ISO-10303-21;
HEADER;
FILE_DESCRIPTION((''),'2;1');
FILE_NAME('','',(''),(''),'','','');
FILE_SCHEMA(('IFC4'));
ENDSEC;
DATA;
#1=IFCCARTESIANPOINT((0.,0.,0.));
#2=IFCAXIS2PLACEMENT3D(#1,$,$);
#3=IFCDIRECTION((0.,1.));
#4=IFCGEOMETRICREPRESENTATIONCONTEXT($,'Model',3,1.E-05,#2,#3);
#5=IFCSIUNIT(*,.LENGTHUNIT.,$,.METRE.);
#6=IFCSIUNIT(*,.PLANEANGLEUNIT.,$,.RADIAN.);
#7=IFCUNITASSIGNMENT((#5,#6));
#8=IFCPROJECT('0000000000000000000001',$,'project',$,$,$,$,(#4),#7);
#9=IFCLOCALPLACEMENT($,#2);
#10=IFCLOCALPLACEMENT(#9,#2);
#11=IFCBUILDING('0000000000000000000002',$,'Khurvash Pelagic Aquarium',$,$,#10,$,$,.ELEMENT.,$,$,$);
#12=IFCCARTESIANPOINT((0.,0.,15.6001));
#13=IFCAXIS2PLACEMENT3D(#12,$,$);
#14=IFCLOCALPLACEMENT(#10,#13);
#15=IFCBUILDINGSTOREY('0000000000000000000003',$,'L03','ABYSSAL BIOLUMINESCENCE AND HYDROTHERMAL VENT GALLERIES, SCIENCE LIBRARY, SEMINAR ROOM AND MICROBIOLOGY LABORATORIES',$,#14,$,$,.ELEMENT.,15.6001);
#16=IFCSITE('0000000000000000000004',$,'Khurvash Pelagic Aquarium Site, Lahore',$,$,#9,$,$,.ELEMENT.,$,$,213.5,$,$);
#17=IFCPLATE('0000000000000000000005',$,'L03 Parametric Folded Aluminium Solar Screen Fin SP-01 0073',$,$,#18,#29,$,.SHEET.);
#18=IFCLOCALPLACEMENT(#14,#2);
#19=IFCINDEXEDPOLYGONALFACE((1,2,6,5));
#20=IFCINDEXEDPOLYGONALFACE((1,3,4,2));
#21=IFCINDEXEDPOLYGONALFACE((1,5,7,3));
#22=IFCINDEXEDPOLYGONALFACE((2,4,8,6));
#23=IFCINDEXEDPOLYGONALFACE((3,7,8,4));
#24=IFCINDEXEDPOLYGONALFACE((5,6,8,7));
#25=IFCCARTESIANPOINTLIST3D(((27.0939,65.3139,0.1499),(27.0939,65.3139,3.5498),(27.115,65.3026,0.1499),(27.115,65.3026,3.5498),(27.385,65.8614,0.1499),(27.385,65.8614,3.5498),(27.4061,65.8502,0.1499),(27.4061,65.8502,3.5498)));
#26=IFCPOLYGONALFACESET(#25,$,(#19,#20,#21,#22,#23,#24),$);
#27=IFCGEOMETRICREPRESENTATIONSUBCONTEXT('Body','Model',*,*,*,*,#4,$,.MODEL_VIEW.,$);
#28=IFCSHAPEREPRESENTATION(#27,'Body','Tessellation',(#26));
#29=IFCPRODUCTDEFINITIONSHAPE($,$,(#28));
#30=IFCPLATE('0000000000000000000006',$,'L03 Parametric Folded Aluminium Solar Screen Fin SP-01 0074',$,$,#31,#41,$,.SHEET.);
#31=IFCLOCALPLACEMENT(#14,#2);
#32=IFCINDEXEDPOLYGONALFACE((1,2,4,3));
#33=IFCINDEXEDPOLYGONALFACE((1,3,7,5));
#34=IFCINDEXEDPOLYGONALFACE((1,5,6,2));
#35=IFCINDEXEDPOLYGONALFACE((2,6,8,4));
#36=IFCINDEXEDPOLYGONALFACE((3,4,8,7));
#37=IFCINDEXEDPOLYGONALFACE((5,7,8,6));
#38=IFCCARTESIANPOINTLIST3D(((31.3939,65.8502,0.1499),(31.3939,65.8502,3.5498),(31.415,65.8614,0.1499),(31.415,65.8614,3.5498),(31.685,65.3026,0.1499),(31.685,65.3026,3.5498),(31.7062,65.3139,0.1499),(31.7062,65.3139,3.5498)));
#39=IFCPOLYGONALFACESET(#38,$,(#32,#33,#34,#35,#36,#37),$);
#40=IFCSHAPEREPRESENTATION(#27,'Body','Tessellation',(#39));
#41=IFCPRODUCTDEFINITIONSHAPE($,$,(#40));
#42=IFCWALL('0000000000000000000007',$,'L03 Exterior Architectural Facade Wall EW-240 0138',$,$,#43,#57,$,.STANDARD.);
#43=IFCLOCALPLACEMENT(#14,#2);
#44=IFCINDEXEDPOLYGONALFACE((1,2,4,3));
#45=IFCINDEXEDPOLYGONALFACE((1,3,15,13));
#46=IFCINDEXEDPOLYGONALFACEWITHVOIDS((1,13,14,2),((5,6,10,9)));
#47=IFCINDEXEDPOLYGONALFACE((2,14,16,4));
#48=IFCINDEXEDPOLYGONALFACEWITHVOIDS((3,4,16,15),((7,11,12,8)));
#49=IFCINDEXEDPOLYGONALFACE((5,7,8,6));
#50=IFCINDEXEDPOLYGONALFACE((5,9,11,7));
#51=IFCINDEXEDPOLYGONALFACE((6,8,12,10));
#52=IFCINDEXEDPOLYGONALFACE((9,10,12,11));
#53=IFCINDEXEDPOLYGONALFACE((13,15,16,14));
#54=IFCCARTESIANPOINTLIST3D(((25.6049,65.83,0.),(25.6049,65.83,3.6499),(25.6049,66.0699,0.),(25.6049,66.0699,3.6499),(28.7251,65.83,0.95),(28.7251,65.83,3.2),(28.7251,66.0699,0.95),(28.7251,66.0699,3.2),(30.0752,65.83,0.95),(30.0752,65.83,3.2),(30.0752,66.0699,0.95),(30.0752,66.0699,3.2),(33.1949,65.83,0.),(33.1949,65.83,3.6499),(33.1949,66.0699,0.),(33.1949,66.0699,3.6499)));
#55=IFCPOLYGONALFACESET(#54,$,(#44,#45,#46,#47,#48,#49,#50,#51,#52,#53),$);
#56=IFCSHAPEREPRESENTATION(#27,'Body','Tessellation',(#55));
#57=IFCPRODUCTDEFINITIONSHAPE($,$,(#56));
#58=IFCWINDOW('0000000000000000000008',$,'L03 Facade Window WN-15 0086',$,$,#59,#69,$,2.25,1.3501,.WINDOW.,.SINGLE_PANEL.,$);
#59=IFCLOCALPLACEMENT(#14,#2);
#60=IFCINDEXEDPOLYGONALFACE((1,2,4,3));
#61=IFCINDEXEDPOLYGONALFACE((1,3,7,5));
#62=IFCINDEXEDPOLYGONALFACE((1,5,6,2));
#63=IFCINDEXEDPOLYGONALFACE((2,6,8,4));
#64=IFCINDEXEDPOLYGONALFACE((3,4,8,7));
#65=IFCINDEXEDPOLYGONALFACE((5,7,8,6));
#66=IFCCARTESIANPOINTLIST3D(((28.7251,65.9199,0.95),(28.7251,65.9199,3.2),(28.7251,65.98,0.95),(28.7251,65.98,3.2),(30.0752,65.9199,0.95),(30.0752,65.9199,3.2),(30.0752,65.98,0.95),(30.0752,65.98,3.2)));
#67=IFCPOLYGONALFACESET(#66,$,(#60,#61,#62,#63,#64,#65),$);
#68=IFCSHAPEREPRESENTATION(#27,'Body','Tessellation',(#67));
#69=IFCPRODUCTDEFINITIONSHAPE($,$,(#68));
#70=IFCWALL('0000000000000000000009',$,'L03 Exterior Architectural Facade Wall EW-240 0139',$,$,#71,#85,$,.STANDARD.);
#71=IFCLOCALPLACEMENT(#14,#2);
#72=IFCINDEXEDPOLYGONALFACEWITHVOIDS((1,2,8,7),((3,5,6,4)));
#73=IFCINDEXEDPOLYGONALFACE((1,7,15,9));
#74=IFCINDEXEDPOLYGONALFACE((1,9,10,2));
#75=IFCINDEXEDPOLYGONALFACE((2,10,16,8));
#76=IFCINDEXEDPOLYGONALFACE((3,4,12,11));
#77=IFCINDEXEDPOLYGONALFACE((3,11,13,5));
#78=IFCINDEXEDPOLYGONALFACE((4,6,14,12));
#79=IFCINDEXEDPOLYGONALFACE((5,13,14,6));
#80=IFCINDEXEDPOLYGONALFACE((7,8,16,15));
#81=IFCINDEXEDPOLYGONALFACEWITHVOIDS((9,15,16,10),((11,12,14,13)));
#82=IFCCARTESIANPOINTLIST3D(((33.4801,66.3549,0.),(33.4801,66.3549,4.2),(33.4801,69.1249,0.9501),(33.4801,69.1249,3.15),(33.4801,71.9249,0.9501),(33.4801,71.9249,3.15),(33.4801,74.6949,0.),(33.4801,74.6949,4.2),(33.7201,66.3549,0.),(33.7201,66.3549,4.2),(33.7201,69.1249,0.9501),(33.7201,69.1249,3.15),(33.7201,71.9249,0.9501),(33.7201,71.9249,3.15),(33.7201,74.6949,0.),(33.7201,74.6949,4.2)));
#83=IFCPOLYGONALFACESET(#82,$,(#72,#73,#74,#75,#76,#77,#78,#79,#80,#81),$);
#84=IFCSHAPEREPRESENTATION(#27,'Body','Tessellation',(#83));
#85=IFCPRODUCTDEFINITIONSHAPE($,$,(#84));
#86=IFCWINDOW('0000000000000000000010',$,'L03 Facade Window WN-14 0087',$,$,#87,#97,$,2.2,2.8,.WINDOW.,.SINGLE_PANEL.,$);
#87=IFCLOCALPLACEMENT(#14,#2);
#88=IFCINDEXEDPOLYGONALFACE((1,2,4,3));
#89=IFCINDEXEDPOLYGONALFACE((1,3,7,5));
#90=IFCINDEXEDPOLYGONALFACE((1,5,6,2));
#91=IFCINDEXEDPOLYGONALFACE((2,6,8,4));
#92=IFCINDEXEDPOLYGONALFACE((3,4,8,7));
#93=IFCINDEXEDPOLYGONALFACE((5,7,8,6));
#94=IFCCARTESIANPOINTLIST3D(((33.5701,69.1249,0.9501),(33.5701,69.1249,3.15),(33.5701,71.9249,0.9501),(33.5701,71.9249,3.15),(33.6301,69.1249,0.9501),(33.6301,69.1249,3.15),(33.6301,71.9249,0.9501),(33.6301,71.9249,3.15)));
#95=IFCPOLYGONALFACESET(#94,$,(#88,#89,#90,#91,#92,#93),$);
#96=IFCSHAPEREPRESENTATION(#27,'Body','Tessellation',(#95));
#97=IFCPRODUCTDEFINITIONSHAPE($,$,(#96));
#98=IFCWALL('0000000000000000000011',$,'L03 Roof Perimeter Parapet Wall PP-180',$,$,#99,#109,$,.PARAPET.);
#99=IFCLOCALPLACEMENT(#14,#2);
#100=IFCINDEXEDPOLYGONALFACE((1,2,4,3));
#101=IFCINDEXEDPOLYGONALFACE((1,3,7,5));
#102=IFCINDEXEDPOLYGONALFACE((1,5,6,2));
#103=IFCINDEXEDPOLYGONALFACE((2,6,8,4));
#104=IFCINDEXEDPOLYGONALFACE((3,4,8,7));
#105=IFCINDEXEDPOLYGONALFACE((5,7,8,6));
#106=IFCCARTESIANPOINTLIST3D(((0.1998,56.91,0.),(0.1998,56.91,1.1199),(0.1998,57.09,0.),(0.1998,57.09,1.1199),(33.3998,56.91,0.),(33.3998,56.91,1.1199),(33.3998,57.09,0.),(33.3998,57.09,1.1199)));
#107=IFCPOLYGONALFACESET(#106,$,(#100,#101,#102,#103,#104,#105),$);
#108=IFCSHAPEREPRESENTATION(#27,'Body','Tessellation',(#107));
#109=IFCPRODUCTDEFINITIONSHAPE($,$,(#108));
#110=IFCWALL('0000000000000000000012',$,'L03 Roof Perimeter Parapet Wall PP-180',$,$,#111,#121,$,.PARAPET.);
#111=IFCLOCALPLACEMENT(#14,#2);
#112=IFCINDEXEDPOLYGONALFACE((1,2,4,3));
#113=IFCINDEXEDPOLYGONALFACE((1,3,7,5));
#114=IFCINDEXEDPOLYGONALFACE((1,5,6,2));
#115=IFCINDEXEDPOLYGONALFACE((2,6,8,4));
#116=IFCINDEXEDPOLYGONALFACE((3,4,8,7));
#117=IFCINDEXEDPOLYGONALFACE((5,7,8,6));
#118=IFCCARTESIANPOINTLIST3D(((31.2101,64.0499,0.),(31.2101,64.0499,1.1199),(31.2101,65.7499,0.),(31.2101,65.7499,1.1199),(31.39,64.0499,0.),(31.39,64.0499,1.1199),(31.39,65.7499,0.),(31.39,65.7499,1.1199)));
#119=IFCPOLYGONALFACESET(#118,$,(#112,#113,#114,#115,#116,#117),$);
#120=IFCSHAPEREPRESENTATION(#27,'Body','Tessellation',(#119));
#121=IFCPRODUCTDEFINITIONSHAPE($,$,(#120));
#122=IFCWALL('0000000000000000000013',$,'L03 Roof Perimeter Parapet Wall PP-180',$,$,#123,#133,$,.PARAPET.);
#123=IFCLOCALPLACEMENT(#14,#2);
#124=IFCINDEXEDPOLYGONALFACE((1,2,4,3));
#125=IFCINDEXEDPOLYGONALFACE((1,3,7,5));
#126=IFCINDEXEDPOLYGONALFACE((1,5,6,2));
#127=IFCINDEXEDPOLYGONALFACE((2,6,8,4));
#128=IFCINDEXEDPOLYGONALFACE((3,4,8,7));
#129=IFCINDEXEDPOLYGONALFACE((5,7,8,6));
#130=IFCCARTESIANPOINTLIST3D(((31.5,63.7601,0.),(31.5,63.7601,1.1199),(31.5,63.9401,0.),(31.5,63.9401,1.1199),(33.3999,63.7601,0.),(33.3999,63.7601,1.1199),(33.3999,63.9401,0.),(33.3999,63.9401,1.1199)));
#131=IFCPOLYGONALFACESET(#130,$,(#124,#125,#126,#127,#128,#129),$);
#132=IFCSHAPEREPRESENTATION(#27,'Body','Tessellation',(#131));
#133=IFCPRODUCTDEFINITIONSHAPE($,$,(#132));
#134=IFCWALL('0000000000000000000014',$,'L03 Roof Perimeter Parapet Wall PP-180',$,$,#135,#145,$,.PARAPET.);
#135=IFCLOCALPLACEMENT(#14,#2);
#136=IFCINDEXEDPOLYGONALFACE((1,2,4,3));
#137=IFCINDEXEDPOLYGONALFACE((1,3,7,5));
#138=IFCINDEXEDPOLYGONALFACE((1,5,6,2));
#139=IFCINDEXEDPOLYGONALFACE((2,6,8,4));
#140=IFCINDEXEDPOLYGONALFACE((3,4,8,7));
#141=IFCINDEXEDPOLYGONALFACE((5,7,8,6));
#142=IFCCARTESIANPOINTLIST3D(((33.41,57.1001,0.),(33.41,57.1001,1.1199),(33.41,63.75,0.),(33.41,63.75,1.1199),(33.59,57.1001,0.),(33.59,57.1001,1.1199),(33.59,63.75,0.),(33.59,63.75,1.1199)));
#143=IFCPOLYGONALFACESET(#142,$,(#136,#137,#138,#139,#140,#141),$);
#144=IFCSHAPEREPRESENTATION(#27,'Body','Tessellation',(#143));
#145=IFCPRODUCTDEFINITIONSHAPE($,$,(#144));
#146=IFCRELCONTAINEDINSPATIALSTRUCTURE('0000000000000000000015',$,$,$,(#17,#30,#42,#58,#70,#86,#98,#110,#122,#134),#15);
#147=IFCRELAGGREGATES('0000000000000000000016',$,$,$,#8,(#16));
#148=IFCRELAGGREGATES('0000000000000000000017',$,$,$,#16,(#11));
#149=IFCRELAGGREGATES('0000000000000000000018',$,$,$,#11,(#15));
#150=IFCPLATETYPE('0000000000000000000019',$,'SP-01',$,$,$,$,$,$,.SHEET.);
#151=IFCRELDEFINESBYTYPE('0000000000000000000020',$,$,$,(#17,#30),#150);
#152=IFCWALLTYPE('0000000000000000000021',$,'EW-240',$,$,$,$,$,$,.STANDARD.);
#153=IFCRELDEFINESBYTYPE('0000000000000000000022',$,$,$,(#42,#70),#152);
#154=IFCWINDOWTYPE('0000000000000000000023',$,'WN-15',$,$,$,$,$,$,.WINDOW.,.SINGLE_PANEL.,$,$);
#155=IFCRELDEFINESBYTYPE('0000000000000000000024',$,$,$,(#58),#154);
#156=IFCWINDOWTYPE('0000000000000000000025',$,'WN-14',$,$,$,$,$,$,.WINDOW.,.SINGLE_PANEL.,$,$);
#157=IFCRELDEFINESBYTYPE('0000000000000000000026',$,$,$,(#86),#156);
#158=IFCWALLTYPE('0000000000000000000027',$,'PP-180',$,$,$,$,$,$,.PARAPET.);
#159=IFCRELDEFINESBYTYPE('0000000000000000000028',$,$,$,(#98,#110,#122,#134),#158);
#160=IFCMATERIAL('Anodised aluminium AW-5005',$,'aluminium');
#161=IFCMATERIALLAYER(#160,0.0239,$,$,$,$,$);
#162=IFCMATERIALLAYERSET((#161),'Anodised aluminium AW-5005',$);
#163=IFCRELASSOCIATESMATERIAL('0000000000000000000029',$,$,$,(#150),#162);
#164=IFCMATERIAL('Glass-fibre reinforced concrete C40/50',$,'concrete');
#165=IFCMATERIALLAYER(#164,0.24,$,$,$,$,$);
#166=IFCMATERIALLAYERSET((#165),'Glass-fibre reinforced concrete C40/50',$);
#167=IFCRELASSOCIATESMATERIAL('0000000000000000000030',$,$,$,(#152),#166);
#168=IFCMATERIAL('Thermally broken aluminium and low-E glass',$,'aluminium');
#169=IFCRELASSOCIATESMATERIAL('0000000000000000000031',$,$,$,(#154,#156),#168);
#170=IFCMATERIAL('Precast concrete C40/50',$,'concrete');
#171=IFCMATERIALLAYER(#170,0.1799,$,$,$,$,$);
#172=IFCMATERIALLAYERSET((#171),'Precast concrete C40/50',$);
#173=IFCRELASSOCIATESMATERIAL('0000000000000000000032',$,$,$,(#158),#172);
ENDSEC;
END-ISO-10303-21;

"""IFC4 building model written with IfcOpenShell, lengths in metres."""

from ifc_helpers import new_model, si_unit, direction, frame, frame_2d, origin, origin_2d, place, context, subcontext, project, spatial, rectangle, extrude, material, layer, layer_set, type_object, element, fill, save


model = new_model("IFC4")

# Units and contexts
model_context = context("Model", 3, precision=1e-05, world=origin(), true_north=direction((0.0, 1.0)))
body_context = subcontext(model_context, "Body", "Model", "MODEL_VIEW")
ifc_project = project(units=[si_unit("LENGTHUNIT", "METRE"), si_unit("PLANEANGLEUNIT", "RADIAN")], contexts=[model_context])

# Site, building, storey
site_placement = place(None, origin())
site = spatial("IfcSite", under=ifc_project, at=site_placement, Name="Khurvash Pelagic Aquarium Site, Lahore", CompositionType="ELEMENT", RefElevation=213.5)
building_placement = place(site_placement, origin())
building = spatial("IfcBuilding", under=site, at=building_placement, Name="Khurvash Pelagic Aquarium", CompositionType="ELEMENT")
storey_placement = place(building_placement, frame((0.0, 0.0, 15.6001)))
storey = spatial("IfcBuildingStorey", under=building, at=storey_placement, Name="L03", Description="ABYSSAL BIOLUMINESCENCE AND HYDROTHERMAL VENT GALLERIES, SCIENCE LIBRARY, SEMINAR ROOM AND MICROBIOLOGY LABORATORIES", CompositionType="ELEMENT", Elevation=15.6001)

# Plates
ifc_material_1 = material(Name="Anodised aluminium AW-5005", Category="aluminium")
ifc_layer_1 = layer(ifc_material_1, 0.0239)
ifc_layer_set_1 = layer_set([ifc_layer_1], Name="Anodised aluminium AW-5005")
plate_type = type_object("IfcPlateType", Name="SP-01", PredefinedType="SHEET", material=ifc_layer_set_1)
for number, where, z_axis, x_axis, name in (
    (1, (27.25, 65.582, 0.1499), (0.0, 0.0, 1.0), (-0.469472, -0.882948, 0.0), "L03 Parametric Folded Aluminium Solar Screen Fin SP-01 0073"),
    (2, (31.55, 65.582, 0.1499), (0.0, 0.0, 1.0), (0.469472, -0.882948, 0.0), "L03 Parametric Folded Aluminium Solar Screen Fin SP-01 0074"),
):
    element("IfcPlate", number, at=place(storey_placement, frame(where, z_axis=z_axis, x_axis=x_axis)), inside=storey, type_object=plate_type, Name=name, PredefinedType="SHEET", context=body_context, shape_type="SweptSolid", body=[
        extrude(rectangle(XDim=0.6201, YDim=0.0239, at=origin_2d()), origin(), (0.0, 0.0, 1.0), 3.3999),
    ])

# Walls, openings, windows
ifc_material_2 = material(Name="Glass-fibre reinforced concrete C40/50", Category="concrete")
ifc_layer_2 = layer(ifc_material_2, 0.24)
ifc_layer_set_2 = layer_set([ifc_layer_2], Name="Glass-fibre reinforced concrete C40/50")
wall_type_1 = type_object("IfcWallType", Name="EW-240", PredefinedType="STANDARD", material=ifc_layer_set_2)
wall_1_placement = place(storey_placement, frame((25.605, 65.95, 0.0), z_axis=(0.0, 0.0, 1.0), x_axis=(1.0, 0.0, 0.0)))
wall_1 = element("IfcWall", 3, at=wall_1_placement, inside=storey, type_object=wall_type_1, Name="L03 Exterior Architectural Facade Wall EW-240 0138", PredefinedType="STANDARD", context=body_context, shape_type="SweptSolid", body=[
    extrude(rectangle(XDim=7.5901, YDim=0.24, at=frame_2d((3.7949, 0.0))), origin(), (0.0, 0.0, 1.0), 3.6499),
])
opening_1_placement = place(wall_1_placement, frame((3.1201, 0.0, 0.95)))
opening_1 = element("IfcOpeningElement", 4, at=opening_1_placement, cuts=wall_1, PredefinedType="OPENING", context=body_context, shape_type="SweptSolid", body=[
    extrude(rectangle(XDim=1.3501, YDim=2.25, at=frame_2d((0.675, 1.125))), frame((0.0, 0.1299, 0.0), z_axis=(0.0, -1.0, 0.0), x_axis=(1.0, 0.0, 0.0)), (0.0, 0.0, 1.0), 0.26),
])
ifc_material_3 = material(Name="Thermally broken aluminium and low-E glass", Category="aluminium")
window_type_1 = type_object("IfcWindowType", Name="WN-15", PartitioningType="SINGLE_PANEL", PredefinedType="WINDOW", material=ifc_material_3)
window_1_placement = place(opening_1_placement, origin())
window_1 = element("IfcWindow", 5, at=window_1_placement, inside=storey, type_object=window_type_1, Name="L03 Facade Window WN-15 0086", OverallHeight=2.25, OverallWidth=1.3501, PartitioningType="SINGLE_PANEL", PredefinedType="WINDOW", context=body_context, shape_type="SweptSolid", body=[
    extrude(rectangle(XDim=1.3501, YDim=2.25, at=frame_2d((0.675, 1.125))), frame((0.0, 0.03, 0.0), z_axis=(0.0, -1.0, 0.0), x_axis=(1.0, 0.0, 0.0)), (0.0, 0.0, 1.0), 0.0601),
])
fill(opening_1, window_1)
wall_2_placement = place(storey_placement, frame((33.6001, 66.355, 0.0), z_axis=(0.0, 0.0, 1.0), x_axis=(0.0, 1.0, 0.0)))
wall_2 = element("IfcWall", 6, at=wall_2_placement, inside=storey, type_object=wall_type_1, Name="L03 Exterior Architectural Facade Wall EW-240 0139", PredefinedType="STANDARD", context=body_context, shape_type="SweptSolid", body=[
    extrude(rectangle(XDim=8.3401, YDim=0.24, at=frame_2d((4.1699, 0.0))), origin(), (0.0, 0.0, 1.0), 4.2),
])
opening_2_placement = place(wall_2_placement, frame((2.77, 0.0, 0.95)))
opening_2 = element("IfcOpeningElement", 7, at=opening_2_placement, cuts=wall_2, PredefinedType="OPENING", context=body_context, shape_type="SweptSolid", body=[
    extrude(rectangle(XDim=2.8, YDim=2.2, at=frame_2d((1.3999, 1.1001))), frame((0.0, 0.1299, 0.0), z_axis=(0.0, -1.0, 0.0), x_axis=(1.0, 0.0, 0.0)), (0.0, 0.0, 1.0), 0.26),
])
window_type_2 = type_object("IfcWindowType", Name="WN-14", PartitioningType="SINGLE_PANEL", PredefinedType="WINDOW", material=ifc_material_3)
window_2_placement = place(opening_2_placement, origin())
window_2 = element("IfcWindow", 8, at=window_2_placement, inside=storey, type_object=window_type_2, Name="L03 Facade Window WN-14 0087", OverallHeight=2.2, OverallWidth=2.8, PartitioningType="SINGLE_PANEL", PredefinedType="WINDOW", context=body_context, shape_type="SweptSolid", body=[
    extrude(rectangle(XDim=2.8, YDim=2.2, at=frame_2d((1.3999, 1.1001))), frame((0.0, 0.03, 0.0), z_axis=(0.0, -1.0, 0.0), x_axis=(1.0, 0.0, 0.0)), (0.0, 0.0, 1.0), 0.0601),
])
fill(opening_2, window_2)

# Walls
ifc_material_4 = material(Name="Precast concrete C40/50", Category="concrete")
ifc_layer_3 = layer(ifc_material_4, 0.1799)
ifc_layer_set_3 = layer_set([ifc_layer_3], Name="Precast concrete C40/50")
wall_type_2 = type_object("IfcWallType", Name="PP-180", PredefinedType="PARAPET", material=ifc_layer_set_3)
wall_3_placement = place(storey_placement, frame((33.3999, 57.0, 0.0), z_axis=(0.0, 0.0, 1.0), x_axis=(-1.0, 0.0, 0.0)))
element("IfcWall", 9, at=wall_3_placement, inside=storey, type_object=wall_type_2, Name="L03 Roof Perimeter Parapet Wall PP-180", PredefinedType="PARAPET", context=body_context, shape_type="SweptSolid", body=[
    extrude(rectangle(XDim=33.2, YDim=0.1799, at=frame_2d((16.6001, 0.0))), origin(), (0.0, 0.0, 1.0), 1.1199),
])
wall_4_placement = place(storey_placement, frame((31.3, 65.75, 0.0), z_axis=(0.0, 0.0, 1.0), x_axis=(0.0, -1.0, 0.0)))
element("IfcWall", 10, at=wall_4_placement, inside=storey, type_object=wall_type_2, Name="L03 Roof Perimeter Parapet Wall PP-180", PredefinedType="PARAPET", context=body_context, shape_type="SweptSolid", body=[
    extrude(rectangle(XDim=1.7, YDim=0.1799, at=frame_2d((0.8501, 0.0))), origin(), (0.0, 0.0, 1.0), 1.1199),
])
wall_5_placement = place(storey_placement, frame((31.5, 63.8501, 0.0), z_axis=(0.0, 0.0, 1.0), x_axis=(1.0, 0.0, 0.0)))
element("IfcWall", 11, at=wall_5_placement, inside=storey, type_object=wall_type_2, Name="L03 Roof Perimeter Parapet Wall PP-180", PredefinedType="PARAPET", context=body_context, shape_type="SweptSolid", body=[
    extrude(rectangle(XDim=1.8999, YDim=0.1799, at=frame_2d((0.95, 0.0))), origin(), (0.0, 0.0, 1.0), 1.1199),
])
wall_6_placement = place(storey_placement, frame((33.5, 63.75, 0.0), z_axis=(0.0, 0.0, 1.0), x_axis=(0.0, -1.0, 0.0)))
element("IfcWall", 12, at=wall_6_placement, inside=storey, type_object=wall_type_2, Name="L03 Roof Perimeter Parapet Wall PP-180", PredefinedType="PARAPET", context=body_context, shape_type="SweptSolid", body=[
    extrude(rectangle(XDim=6.6499, YDim=0.1799, at=frame_2d((3.325, 0.0))), origin(), (0.0, 0.0, 1.0), 1.1199),
])

save(model, "model.ifc")
